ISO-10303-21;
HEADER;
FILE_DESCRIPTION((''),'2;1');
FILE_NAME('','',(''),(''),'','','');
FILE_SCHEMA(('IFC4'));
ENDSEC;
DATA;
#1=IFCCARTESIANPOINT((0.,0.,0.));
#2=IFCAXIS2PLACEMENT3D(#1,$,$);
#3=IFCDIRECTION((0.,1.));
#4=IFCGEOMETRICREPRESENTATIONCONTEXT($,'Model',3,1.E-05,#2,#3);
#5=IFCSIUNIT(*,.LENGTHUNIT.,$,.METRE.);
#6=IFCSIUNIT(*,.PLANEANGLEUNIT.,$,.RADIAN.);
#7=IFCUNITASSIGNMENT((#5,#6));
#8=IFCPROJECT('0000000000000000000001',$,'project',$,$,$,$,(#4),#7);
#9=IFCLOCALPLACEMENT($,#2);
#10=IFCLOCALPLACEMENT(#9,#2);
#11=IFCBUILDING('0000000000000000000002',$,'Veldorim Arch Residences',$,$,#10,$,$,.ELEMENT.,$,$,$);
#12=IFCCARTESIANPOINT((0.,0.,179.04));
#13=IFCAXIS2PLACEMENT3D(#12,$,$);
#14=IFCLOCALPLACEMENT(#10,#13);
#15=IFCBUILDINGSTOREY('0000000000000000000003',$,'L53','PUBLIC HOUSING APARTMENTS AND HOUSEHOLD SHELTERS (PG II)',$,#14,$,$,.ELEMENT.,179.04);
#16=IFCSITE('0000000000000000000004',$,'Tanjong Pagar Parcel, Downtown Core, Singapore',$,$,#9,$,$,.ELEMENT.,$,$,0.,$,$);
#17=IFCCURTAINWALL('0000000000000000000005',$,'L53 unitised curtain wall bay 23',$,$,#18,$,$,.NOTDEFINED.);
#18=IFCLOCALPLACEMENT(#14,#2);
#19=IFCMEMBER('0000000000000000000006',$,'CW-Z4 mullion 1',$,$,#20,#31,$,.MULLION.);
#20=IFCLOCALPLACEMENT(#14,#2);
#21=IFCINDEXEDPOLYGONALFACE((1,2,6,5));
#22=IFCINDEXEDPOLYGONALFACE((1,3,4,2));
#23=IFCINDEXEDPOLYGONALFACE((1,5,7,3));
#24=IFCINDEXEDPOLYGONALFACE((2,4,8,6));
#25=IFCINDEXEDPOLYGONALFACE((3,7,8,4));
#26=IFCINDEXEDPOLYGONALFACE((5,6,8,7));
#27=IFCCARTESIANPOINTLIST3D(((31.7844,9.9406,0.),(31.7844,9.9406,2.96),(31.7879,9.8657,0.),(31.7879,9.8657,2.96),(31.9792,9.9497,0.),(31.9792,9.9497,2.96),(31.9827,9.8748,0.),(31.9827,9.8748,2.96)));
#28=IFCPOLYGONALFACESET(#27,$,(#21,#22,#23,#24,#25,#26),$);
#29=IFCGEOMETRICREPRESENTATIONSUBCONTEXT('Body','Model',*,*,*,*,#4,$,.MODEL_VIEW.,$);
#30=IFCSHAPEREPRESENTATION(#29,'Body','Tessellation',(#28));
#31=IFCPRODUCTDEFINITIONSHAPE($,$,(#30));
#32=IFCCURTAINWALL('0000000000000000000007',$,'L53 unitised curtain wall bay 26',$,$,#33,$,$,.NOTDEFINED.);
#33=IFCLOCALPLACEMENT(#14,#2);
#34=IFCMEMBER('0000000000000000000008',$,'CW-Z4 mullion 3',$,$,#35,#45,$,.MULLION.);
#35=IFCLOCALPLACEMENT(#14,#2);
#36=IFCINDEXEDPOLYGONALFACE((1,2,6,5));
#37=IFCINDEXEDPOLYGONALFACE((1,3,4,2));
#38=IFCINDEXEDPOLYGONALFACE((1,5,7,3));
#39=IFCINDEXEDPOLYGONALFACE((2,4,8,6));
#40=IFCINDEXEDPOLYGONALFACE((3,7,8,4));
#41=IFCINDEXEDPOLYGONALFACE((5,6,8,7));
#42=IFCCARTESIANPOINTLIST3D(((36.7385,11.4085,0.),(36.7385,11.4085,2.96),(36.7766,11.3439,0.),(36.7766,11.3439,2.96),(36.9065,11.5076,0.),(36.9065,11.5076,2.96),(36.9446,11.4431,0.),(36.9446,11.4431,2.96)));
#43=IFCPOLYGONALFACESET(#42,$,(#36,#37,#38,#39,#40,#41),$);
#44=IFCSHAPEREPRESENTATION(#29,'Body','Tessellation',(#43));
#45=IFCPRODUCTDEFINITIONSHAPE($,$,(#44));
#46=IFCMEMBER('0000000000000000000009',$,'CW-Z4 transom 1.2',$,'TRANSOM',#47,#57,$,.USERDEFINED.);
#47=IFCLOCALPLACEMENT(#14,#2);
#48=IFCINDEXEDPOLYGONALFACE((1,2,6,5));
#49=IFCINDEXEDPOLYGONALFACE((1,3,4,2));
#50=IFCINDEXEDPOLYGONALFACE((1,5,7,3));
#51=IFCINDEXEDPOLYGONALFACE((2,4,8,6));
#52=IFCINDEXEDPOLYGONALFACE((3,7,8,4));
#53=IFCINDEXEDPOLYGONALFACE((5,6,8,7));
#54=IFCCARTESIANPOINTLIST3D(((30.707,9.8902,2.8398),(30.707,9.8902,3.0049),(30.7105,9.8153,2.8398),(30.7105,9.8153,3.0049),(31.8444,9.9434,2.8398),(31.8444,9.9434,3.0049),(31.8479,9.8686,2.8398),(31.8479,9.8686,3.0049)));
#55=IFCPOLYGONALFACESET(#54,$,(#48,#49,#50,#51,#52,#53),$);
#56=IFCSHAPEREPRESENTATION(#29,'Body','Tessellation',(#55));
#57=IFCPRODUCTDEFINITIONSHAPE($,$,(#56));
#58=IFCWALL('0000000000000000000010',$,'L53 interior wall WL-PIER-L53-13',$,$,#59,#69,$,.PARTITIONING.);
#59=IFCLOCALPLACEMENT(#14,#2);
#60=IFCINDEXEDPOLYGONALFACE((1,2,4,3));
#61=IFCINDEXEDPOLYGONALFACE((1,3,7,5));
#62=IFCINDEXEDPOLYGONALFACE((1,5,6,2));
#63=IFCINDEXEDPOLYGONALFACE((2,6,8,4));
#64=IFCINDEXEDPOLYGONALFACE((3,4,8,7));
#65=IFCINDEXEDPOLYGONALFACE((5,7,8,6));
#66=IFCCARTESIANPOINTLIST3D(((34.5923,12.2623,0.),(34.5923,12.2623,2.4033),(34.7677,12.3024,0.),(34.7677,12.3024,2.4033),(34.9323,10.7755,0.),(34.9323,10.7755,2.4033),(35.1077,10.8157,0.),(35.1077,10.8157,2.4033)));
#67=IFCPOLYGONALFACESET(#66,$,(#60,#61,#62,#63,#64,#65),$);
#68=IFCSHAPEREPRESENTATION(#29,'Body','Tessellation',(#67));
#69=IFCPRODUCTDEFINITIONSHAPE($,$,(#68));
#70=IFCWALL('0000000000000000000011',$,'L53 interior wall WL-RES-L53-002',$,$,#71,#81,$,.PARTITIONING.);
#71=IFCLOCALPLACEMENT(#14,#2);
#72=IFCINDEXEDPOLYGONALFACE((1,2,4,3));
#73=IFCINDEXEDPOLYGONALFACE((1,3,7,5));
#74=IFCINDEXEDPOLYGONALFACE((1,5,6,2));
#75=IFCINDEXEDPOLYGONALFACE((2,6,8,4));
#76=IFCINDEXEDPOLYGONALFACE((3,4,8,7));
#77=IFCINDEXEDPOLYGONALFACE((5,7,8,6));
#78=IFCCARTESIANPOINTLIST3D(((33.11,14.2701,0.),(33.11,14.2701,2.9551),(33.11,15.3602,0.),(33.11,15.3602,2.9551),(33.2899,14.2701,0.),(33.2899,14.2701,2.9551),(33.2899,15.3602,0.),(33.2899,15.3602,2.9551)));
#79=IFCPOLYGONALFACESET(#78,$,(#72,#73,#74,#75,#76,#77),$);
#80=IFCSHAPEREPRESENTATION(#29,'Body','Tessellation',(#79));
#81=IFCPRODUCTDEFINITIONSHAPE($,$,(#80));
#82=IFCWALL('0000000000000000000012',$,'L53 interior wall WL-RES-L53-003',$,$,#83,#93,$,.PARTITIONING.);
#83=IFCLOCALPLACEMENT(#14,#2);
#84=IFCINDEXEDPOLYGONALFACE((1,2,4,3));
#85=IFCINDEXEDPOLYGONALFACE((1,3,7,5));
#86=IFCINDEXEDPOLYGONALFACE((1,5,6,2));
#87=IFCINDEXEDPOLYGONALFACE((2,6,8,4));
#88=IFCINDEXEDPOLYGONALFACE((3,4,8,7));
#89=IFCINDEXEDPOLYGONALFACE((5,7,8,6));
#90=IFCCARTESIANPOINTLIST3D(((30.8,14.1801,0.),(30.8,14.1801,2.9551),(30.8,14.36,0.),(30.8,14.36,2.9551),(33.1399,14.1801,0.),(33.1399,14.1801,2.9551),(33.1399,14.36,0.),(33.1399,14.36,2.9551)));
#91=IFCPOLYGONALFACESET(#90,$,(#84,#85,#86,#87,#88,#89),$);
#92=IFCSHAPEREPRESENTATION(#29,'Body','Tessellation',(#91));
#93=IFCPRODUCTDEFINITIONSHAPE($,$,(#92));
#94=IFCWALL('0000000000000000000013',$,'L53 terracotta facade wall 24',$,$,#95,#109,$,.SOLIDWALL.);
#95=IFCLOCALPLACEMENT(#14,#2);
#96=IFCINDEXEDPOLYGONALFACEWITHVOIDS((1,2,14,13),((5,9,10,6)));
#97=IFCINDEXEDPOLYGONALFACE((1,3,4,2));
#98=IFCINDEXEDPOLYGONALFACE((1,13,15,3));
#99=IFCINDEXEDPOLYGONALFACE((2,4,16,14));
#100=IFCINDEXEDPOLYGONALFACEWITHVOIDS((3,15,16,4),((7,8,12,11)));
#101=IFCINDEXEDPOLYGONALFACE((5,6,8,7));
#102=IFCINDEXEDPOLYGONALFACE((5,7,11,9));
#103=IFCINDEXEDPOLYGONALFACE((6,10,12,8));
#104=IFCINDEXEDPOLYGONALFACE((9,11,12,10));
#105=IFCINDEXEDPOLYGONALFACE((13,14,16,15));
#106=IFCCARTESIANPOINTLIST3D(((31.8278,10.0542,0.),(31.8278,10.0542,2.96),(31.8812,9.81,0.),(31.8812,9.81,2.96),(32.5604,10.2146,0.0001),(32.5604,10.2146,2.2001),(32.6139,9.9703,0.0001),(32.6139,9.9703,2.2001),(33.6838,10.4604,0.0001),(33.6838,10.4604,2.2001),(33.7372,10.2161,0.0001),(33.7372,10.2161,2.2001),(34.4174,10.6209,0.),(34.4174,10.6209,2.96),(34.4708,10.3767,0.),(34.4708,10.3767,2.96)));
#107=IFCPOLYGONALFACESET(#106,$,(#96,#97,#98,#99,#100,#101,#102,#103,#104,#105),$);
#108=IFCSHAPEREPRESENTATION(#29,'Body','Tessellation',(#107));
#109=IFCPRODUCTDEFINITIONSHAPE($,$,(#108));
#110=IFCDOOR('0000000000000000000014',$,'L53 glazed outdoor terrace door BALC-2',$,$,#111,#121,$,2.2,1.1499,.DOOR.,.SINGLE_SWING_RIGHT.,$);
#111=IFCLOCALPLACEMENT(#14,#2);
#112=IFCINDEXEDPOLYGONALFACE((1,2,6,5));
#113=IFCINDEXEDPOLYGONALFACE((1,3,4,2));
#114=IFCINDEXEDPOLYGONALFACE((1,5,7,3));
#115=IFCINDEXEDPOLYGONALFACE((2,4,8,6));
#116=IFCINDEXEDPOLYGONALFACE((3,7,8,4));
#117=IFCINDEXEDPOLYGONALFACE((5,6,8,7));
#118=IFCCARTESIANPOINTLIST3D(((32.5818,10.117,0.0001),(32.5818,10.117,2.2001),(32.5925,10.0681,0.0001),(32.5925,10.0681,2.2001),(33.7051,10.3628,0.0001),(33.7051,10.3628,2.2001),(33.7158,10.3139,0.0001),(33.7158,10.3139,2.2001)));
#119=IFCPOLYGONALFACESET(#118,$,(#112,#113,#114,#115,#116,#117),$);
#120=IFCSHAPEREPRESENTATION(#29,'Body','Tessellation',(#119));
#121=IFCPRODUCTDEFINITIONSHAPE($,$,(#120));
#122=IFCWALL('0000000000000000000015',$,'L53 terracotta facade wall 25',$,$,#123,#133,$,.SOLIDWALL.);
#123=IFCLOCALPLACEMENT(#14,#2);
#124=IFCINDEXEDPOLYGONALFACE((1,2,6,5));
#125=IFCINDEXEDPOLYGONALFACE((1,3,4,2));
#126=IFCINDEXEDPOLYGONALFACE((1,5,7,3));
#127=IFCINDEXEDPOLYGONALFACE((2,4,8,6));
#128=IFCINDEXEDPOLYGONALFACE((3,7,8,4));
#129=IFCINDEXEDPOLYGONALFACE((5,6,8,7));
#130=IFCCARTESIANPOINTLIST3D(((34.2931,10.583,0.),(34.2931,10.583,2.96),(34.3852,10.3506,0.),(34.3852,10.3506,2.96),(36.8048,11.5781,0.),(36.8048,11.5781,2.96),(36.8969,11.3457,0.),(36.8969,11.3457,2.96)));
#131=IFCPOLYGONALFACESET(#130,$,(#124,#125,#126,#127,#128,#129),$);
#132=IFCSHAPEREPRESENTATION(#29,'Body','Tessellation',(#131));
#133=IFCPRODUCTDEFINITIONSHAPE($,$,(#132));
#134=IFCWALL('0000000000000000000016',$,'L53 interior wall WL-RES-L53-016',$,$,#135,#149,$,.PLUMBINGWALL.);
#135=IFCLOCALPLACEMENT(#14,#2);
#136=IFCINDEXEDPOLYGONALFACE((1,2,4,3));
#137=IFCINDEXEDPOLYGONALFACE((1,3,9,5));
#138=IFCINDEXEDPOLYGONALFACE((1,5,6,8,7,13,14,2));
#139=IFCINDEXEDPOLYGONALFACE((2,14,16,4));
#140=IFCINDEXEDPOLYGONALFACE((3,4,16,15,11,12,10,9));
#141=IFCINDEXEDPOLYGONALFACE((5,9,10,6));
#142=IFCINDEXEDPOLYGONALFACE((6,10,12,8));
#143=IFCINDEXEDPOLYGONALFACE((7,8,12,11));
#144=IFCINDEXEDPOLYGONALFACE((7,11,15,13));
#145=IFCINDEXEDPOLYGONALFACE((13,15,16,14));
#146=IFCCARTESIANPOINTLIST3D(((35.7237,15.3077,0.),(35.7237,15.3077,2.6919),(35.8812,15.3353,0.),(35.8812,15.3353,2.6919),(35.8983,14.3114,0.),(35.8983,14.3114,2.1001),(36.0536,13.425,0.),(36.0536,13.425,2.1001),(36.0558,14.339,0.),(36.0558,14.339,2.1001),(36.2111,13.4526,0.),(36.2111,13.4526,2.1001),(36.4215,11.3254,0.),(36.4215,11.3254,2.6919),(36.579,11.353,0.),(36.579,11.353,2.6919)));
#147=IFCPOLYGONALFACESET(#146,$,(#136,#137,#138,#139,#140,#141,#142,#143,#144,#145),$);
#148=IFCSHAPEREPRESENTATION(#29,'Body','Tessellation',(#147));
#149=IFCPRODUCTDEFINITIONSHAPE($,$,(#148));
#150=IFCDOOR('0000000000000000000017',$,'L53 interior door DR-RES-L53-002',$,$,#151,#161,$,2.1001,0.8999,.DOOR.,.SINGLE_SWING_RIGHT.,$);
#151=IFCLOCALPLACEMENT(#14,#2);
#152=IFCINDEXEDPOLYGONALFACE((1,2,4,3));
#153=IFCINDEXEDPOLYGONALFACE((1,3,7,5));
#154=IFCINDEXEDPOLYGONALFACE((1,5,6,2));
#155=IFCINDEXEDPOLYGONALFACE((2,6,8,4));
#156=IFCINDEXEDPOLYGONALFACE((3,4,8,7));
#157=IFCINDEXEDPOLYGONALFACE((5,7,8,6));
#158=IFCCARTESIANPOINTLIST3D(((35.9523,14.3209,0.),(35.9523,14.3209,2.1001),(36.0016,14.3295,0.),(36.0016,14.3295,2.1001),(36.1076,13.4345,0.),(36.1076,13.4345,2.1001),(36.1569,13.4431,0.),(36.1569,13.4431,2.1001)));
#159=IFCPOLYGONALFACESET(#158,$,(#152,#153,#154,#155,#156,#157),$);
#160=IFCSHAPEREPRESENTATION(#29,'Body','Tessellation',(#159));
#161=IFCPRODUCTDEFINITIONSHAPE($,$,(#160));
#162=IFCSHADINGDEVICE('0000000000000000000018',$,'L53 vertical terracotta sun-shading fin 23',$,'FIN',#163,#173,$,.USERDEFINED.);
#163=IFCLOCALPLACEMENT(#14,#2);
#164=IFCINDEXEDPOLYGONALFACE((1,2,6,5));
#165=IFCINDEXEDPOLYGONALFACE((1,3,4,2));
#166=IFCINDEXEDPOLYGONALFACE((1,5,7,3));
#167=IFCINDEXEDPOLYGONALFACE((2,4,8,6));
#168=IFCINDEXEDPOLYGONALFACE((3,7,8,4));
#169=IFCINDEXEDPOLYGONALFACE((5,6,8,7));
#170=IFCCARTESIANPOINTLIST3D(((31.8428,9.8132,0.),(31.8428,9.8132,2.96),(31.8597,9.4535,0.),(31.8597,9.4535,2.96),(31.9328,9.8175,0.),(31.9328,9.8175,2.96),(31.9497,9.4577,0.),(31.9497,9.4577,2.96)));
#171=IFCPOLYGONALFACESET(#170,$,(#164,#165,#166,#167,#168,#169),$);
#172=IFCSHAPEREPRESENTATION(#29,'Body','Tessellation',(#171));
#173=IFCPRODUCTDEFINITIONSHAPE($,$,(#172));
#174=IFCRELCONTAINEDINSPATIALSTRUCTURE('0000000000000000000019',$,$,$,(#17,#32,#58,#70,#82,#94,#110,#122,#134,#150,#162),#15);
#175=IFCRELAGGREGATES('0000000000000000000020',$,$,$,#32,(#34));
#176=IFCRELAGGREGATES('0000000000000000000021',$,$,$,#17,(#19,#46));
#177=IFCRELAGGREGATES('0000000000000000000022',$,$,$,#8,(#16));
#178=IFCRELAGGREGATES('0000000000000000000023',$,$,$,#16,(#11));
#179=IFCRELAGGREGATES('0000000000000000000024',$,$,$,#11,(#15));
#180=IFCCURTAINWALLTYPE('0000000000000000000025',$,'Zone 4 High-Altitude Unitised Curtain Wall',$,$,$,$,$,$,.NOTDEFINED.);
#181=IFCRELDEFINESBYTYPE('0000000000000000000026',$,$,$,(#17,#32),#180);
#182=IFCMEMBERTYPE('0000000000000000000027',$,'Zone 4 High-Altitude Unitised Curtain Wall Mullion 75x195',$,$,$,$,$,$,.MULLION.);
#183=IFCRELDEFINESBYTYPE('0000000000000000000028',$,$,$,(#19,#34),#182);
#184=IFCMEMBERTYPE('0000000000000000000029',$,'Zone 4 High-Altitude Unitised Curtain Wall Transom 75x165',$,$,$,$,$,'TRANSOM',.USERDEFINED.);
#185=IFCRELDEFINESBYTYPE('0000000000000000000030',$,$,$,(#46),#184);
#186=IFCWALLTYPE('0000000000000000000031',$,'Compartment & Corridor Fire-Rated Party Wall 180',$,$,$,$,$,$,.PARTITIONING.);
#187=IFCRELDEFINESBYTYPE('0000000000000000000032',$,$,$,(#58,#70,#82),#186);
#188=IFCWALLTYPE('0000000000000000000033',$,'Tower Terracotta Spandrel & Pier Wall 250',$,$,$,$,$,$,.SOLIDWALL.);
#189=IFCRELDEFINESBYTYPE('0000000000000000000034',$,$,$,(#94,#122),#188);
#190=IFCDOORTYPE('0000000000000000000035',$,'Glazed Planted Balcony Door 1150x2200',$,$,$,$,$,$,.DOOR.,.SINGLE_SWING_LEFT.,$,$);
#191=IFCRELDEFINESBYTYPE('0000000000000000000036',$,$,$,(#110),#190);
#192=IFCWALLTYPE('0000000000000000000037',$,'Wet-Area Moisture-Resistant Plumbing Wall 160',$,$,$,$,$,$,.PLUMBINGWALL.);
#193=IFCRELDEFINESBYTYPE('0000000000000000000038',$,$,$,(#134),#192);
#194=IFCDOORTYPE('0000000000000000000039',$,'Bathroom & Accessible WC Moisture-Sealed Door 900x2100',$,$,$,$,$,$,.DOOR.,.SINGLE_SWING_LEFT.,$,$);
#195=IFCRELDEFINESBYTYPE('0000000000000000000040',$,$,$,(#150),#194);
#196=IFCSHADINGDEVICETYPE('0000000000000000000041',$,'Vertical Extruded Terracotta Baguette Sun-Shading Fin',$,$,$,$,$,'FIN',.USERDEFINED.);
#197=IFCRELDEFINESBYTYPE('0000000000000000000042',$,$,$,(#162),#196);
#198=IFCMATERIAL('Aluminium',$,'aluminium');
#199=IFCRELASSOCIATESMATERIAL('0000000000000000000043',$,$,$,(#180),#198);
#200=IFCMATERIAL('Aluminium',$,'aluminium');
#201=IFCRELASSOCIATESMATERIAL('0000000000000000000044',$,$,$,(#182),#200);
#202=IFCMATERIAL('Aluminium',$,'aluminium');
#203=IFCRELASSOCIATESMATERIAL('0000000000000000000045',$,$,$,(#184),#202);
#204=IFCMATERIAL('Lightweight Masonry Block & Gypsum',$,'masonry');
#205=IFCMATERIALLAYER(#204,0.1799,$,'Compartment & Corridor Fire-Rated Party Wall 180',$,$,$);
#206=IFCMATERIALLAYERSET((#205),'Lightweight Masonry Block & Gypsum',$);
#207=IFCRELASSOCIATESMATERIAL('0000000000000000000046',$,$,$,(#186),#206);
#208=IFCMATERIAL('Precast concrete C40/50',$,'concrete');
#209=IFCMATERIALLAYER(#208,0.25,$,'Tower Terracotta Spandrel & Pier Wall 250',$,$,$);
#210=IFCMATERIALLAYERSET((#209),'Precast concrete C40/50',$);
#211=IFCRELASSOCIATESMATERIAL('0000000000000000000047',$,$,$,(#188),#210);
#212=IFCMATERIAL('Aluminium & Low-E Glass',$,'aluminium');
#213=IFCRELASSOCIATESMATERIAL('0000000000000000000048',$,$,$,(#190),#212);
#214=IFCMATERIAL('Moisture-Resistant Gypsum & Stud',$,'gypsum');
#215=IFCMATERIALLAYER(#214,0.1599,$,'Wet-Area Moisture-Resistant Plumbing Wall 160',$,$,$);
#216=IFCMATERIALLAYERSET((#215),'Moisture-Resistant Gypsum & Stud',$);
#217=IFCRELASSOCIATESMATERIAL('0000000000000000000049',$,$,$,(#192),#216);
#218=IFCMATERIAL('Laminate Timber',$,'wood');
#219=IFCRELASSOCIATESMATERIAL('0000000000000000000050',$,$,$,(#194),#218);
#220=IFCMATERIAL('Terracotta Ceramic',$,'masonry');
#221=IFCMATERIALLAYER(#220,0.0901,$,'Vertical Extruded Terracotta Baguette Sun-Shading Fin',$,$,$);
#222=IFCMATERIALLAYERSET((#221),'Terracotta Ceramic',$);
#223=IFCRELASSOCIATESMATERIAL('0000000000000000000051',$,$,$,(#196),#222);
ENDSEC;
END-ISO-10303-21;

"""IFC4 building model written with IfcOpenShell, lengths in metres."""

from ifc_helpers import new_model, si_unit, direction, frame, frame_2d, origin, origin_2d, place, context, subcontext, project, spatial, rectangle, extrude, material, layer, layer_set, material_profile, profile_set, type_object, element, fill, aggregate, save


model = new_model("IFC4")

# Units and contexts
model_context = context("Model", 3, precision=1e-05, world=origin(), true_north=direction((0.0, 1.0)))
body_context = subcontext(model_context, "Body", "Model", "MODEL_VIEW")
ifc_project = project(units=[si_unit("LENGTHUNIT", "METRE"), si_unit("PLANEANGLEUNIT", "RADIAN")], contexts=[model_context])

# Site, building, storey
site_placement = place(None, origin())
site = spatial("IfcSite", under=ifc_project, at=site_placement, Name="Tanjong Pagar Parcel, Downtown Core, Singapore", CompositionType="ELEMENT", RefElevation=0.0)
building_placement = place(site_placement, origin())
building = spatial("IfcBuilding", under=site, at=building_placement, Name="Veldorim Arch Residences", CompositionType="ELEMENT")
storey_placement = place(building_placement, frame((0.0, 0.0, 179.04)))
storey = spatial("IfcBuildingStorey", under=building, at=storey_placement, Name="L53", Description="PUBLIC HOUSING APARTMENTS AND HOUSEHOLD SHELTERS (PG II)", CompositionType="ELEMENT", Elevation=179.04)

# Curtain walls, members
ifc_material_1 = material(Name="Aluminium", Category="aluminium")
curtain_wall_type = type_object("IfcCurtainWallType", Name="Zone 4 High-Altitude Unitised Curtain Wall", PredefinedType="NOTDEFINED", material=ifc_material_1)
curtain_wall_1_placement = place(storey_placement, origin())
curtain_wall_1 = element("IfcCurtainWall", 1, at=curtain_wall_1_placement, inside=storey, type_object=curtain_wall_type, Name="L53 unitised curtain wall bay 23", PredefinedType="NOTDEFINED")
ifc_material_2 = material(Name="Aluminium", Category="aluminium")
ifc_material_profile_1 = material_profile(ifc_material_2, rectangle(XDim=0.075, YDim=0.1951, at=origin_2d()), Name="ALU_MUL_75x195")
ifc_profile_set_1 = profile_set([ifc_material_profile_1], Name="Aluminium")
member_type_1 = type_object("IfcMemberType", Name="Zone 4 High-Altitude Unitised Curtain Wall Mullion 75x195", PredefinedType="MULLION", material=ifc_profile_set_1)
member_1_placement = place(storey_placement, frame((31.8835, 9.9077, 0.0), z_axis=(0.0, 0.0, 1.0), x_axis=(0.046678, -0.99891, 0.0)))
member_1 = element("IfcMember", 2, at=member_1_placement, type_object=member_type_1, Name="CW-Z4 mullion 1", PredefinedType="MULLION", context=body_context, shape_type="SweptSolid", body=[
    extrude(rectangle(XDim=0.075, YDim=0.1951, at=origin_2d()), origin(), (0.0, 0.0, 1.0), 2.96),
])
curtain_wall_2_placement = place(storey_placement, origin())
curtain_wall_2 = element("IfcCurtainWall", 3, at=curtain_wall_2_placement, inside=storey, type_object=curtain_wall_type, Name="L53 unitised curtain wall bay 26", PredefinedType="NOTDEFINED")
member_2_placement = place(storey_placement, frame((36.8416, 11.4258, 0.0), z_axis=(0.0, 0.0, 1.0), x_axis=(0.508514, -0.861054, 0.0)))
member_2 = element("IfcMember", 4, at=member_2_placement, type_object=member_type_1, Name="CW-Z4 mullion 3", PredefinedType="MULLION", context=body_context, shape_type="SweptSolid", body=[
    extrude(rectangle(XDim=0.075, YDim=0.1951, at=origin_2d()), origin(), (0.0, 0.0, 1.0), 2.96),
])
aggregate(curtain_wall_2, [member_2])

# Member
ifc_material_3 = material(Name="Aluminium", Category="aluminium")
ifc_material_profile_2 = material_profile(ifc_material_3, rectangle(XDim=0.075, YDim=0.165, at=origin_2d()), Name="ALU_TRN_75x165")
ifc_profile_set_2 = profile_set([ifc_material_profile_2], Name="Aluminium")
member_type_2 = type_object("IfcMemberType", Name="Zone 4 High-Altitude Unitised Curtain Wall Transom 75x165", ElementType="TRANSOM", PredefinedType="USERDEFINED", material=ifc_profile_set_2)
member_3_placement = place(storey_placement, frame((31.8462, 9.906, 2.9224), z_axis=(-0.998907, -0.04674, 0.0), x_axis=(0.04674, -0.998907, 0.0)))
member_3 = element("IfcMember", 5, at=member_3_placement, type_object=member_type_2, Name="CW-Z4 transom 1.2", ObjectType="TRANSOM", PredefinedType="USERDEFINED", context=body_context, shape_type="SweptSolid", body=[
    extrude(rectangle(XDim=0.075, YDim=0.165, at=origin_2d()), origin(), (0.0, 0.0, 1.0), 1.1387),
])
aggregate(curtain_wall_1, [member_1, member_3])

# Walls
ifc_material_4 = material(Name="Lightweight Masonry Block & Gypsum", Category="masonry")
ifc_layer_1 = layer(ifc_material_4, 0.1799, Name="Compartment & Corridor Fire-Rated Party Wall 180")
ifc_layer_set_1 = layer_set([ifc_layer_1], Name="Lightweight Masonry Block & Gypsum")
wall_type_1 = type_object("IfcWallType", Name="Compartment & Corridor Fire-Rated Party Wall 180", PredefinedType="PARTITIONING", material=ifc_layer_set_1)
wall_1_placement = place(storey_placement, frame((34.6799, 12.2825, 0.0), z_axis=(0.0, 0.0, 1.0), x_axis=(0.222977, -0.974824, 0.0)))
element("IfcWall", 6, at=wall_1_placement, inside=storey, type_object=wall_type_1, Name="L53 interior wall WL-PIER-L53-13", PredefinedType="PARTITIONING", context=body_context, shape_type="SweptSolid", body=[
    extrude(rectangle(XDim=1.5251, YDim=0.1799, at=frame_2d((0.7627, 0.0))), origin(), (0.0, 0.0, 1.0), 2.4033),
])
wall_2_placement = place(storey_placement, frame((33.2, 15.3601, 0.0), z_axis=(0.0, 0.0, 1.0), x_axis=(0.0, -1.0, 0.0)))
element("IfcWall", 7, at=wall_2_placement, inside=storey, type_object=wall_type_1, Name="L53 interior wall WL-RES-L53-002", PredefinedType="PARTITIONING", context=body_context, shape_type="SweptSolid", body=[
    extrude(rectangle(XDim=1.0901, YDim=0.1799, at=frame_2d((0.5449, 0.0))), origin(), (0.0, 0.0, 1.0), 2.9551),
])
wall_3_placement = place(storey_placement, frame((33.1399, 14.27, 0.0), z_axis=(0.0, 0.0, 1.0), x_axis=(-1.0, 0.0, 0.0)))
element("IfcWall", 8, at=wall_3_placement, inside=storey, type_object=wall_type_1, Name="L53 interior wall WL-RES-L53-003", PredefinedType="PARTITIONING", context=body_context, shape_type="SweptSolid", body=[
    extrude(rectangle(XDim=2.3398, YDim=0.1799, at=frame_2d((1.1699, 0.0))), origin(), (0.0, 0.0, 1.0), 2.9551),
])

# Wall, opening, door
ifc_material_5 = material(Name="Precast concrete C40/50", Category="concrete")
ifc_layer_2 = layer(ifc_material_5, 0.25, Name="Tower Terracotta Spandrel & Pier Wall 250")
ifc_layer_set_2 = layer_set([ifc_layer_2], Name="Precast concrete C40/50")
wall_type_2 = type_object("IfcWallType", Name="Tower Terracotta Spandrel & Pier Wall 250", PredefinedType="SOLIDWALL", material=ifc_layer_set_2)
wall_4_placement = place(storey_placement, frame((34.4441, 10.4988, 0.0), z_axis=(0.0, 0.0, 1.0), x_axis=(-0.976886, -0.21376, 0.0)))
wall_4 = element("IfcWall", 9, at=wall_4_placement, inside=storey, type_object=wall_type_2, Name="L53 terracotta facade wall 24", PredefinedType="SOLIDWALL", context=body_context, shape_type="SweptSolid", body=[
    extrude(rectangle(XDim=2.6509, YDim=0.25, at=frame_2d((1.3254, 0.0))), origin(), (0.0, 0.0, 1.0), 2.96),
])
opening_1_placement = place(wall_4_placement, frame((0.751, 0.0, 0.0)))
opening_1 = element("IfcOpeningElement", 10, at=opening_1_placement, cuts=wall_4, PredefinedType="OPENING", context=body_context, shape_type="SweptSolid", body=[
    extrude(rectangle(XDim=1.1499, YDim=2.2, at=frame_2d((0.575, 1.1001))), frame((0.0, 0.135, 0.0), z_axis=(0.0, -1.0, 0.0), x_axis=(1.0, 0.0, 0.0)), (0.0, 0.0, 1.0), 0.27),
])
ifc_material_6 = material(Name="Aluminium & Low-E Glass", Category="aluminium")
door_type_1 = type_object("IfcDoorType", Name="Glazed Planted Balcony Door 1150x2200", OperationType="SINGLE_SWING_LEFT", PredefinedType="DOOR", material=ifc_material_6)
door_1_placement = place(opening_1_placement, origin())
door_1 = element("IfcDoor", 11, at=door_1_placement, inside=storey, type_object=door_type_1, Name="L53 glazed outdoor terrace door BALC-2", OperationType="SINGLE_SWING_RIGHT", OverallHeight=2.2, OverallWidth=1.1499, PredefinedType="DOOR", context=body_context, shape_type="SweptSolid", body=[
    extrude(rectangle(XDim=1.1499, YDim=2.2, at=frame_2d((0.575, 1.1001))), frame((0.0, 0.0249, 0.0), z_axis=(0.0, -1.0, 0.0), x_axis=(1.0, 0.0, 0.0)), (0.0, 0.0, 1.0), 0.05),
])
fill(opening_1, door_1)

# Wall
wall_5_placement = place(storey_placement, frame((36.8508, 11.4619, 0.0), z_axis=(0.0, 0.0, 1.0), x_axis=(-0.929693, -0.368335, 0.0)))
element("IfcWall", 12, at=wall_5_placement, inside=storey, type_object=wall_type_2, Name="L53 terracotta facade wall 25", PredefinedType="SOLIDWALL", context=body_context, shape_type="SweptSolid", body=[
    extrude(rectangle(XDim=2.7017, YDim=0.25, at=frame_2d((1.3508, 0.0))), origin(), (0.0, 0.0, 1.0), 2.96),
])

# Wall, opening, door
ifc_material_7 = material(Name="Moisture-Resistant Gypsum & Stud", Category="gypsum")
ifc_layer_3 = layer(ifc_material_7, 0.1599, Name="Wet-Area Moisture-Resistant Plumbing Wall 160")
ifc_layer_set_3 = layer_set([ifc_layer_3], Name="Moisture-Resistant Gypsum & Stud")
wall_type_3 = type_object("IfcWallType", Name="Wet-Area Moisture-Resistant Plumbing Wall 160", PredefinedType="PLUMBINGWALL", material=ifc_layer_set_3)
wall_6_placement = place(storey_placement, frame((35.8025, 15.3215, 0.0), z_axis=(0.0, 0.0, 1.0), x_axis=(0.17258, -0.984996, 0.0)))
wall_6 = element("IfcWall", 13, at=wall_6_placement, inside=storey, type_object=wall_type_3, Name="L53 interior wall WL-RES-L53-016", PredefinedType="PLUMBINGWALL", context=body_context, shape_type="SweptSolid", body=[
    extrude(rectangle(XDim=4.043, YDim=0.1599, at=frame_2d((2.0215, 0.0))), origin(), (0.0, 0.0, 1.0), 2.6919),
])
opening_2_placement = place(wall_6_placement, frame((1.0115, 0.0, 0.0)))
opening_2 = element("IfcOpeningElement", 14, at=opening_2_placement, cuts=wall_6, PredefinedType="OPENING", context=body_context, shape_type="SweptSolid", body=[
    extrude(rectangle(XDim=0.8999, YDim=2.1001, at=frame_2d((0.45, 1.05))), frame((0.0, 0.0898, 0.0), z_axis=(0.0, -1.0, 0.0), x_axis=(1.0, 0.0, 0.0)), (0.0, 0.0, 1.0), 0.1799),
])
ifc_material_8 = material(Name="Laminate Timber", Category="wood")
door_type_2 = type_object("IfcDoorType", Name="Bathroom & Accessible WC Moisture-Sealed Door 900x2100", OperationType="SINGLE_SWING_LEFT", PredefinedType="DOOR", material=ifc_material_8)
door_2_placement = place(opening_2_placement, origin())
door_2 = element("IfcDoor", 15, at=door_2_placement, inside=storey, type_object=door_type_2, Name="L53 interior door DR-RES-L53-002", OperationType="SINGLE_SWING_RIGHT", OverallHeight=2.1001, OverallWidth=0.8999, PredefinedType="DOOR", context=body_context, shape_type="SweptSolid", body=[
    extrude(rectangle(XDim=0.8999, YDim=2.1001, at=frame_2d((0.45, 1.05))), frame((0.0, 0.0249, 0.0), z_axis=(0.0, -1.0, 0.0), x_axis=(1.0, 0.0, 0.0)), (0.0, 0.0, 1.0), 0.05),
])
fill(opening_2, door_2)

# Shading device
ifc_material_9 = material(Name="Terracotta Ceramic", Category="masonry")
ifc_layer_4 = layer(ifc_material_9, 0.0901, Name="Vertical Extruded Terracotta Baguette Sun-Shading Fin")
ifc_layer_set_4 = layer_set([ifc_layer_4], Name="Terracotta Ceramic")
shading_device_type = type_object("IfcShadingDeviceType", Name="Vertical Extruded Terracotta Baguette Sun-Shading Fin", ElementType="FIN", PredefinedType="USERDEFINED", material=ifc_layer_set_4)
shading_device_placement = place(storey_placement, frame((31.8962, 9.6355, 0.0), z_axis=(0.0, 0.0, 1.0), x_axis=(-0.998906, -0.046758, 0.0)))
element("IfcShadingDevice", 16, at=shading_device_placement, inside=storey, type_object=shading_device_type, Name="L53 vertical terracotta sun-shading fin 23", ObjectType="FIN", PredefinedType="USERDEFINED", context=body_context, shape_type="SweptSolid", body=[
    extrude(rectangle(XDim=0.0901, YDim=0.3601, at=origin_2d()), origin(), (0.0, 0.0, 1.0), 2.96),
])

save(model, "model.ifc")
